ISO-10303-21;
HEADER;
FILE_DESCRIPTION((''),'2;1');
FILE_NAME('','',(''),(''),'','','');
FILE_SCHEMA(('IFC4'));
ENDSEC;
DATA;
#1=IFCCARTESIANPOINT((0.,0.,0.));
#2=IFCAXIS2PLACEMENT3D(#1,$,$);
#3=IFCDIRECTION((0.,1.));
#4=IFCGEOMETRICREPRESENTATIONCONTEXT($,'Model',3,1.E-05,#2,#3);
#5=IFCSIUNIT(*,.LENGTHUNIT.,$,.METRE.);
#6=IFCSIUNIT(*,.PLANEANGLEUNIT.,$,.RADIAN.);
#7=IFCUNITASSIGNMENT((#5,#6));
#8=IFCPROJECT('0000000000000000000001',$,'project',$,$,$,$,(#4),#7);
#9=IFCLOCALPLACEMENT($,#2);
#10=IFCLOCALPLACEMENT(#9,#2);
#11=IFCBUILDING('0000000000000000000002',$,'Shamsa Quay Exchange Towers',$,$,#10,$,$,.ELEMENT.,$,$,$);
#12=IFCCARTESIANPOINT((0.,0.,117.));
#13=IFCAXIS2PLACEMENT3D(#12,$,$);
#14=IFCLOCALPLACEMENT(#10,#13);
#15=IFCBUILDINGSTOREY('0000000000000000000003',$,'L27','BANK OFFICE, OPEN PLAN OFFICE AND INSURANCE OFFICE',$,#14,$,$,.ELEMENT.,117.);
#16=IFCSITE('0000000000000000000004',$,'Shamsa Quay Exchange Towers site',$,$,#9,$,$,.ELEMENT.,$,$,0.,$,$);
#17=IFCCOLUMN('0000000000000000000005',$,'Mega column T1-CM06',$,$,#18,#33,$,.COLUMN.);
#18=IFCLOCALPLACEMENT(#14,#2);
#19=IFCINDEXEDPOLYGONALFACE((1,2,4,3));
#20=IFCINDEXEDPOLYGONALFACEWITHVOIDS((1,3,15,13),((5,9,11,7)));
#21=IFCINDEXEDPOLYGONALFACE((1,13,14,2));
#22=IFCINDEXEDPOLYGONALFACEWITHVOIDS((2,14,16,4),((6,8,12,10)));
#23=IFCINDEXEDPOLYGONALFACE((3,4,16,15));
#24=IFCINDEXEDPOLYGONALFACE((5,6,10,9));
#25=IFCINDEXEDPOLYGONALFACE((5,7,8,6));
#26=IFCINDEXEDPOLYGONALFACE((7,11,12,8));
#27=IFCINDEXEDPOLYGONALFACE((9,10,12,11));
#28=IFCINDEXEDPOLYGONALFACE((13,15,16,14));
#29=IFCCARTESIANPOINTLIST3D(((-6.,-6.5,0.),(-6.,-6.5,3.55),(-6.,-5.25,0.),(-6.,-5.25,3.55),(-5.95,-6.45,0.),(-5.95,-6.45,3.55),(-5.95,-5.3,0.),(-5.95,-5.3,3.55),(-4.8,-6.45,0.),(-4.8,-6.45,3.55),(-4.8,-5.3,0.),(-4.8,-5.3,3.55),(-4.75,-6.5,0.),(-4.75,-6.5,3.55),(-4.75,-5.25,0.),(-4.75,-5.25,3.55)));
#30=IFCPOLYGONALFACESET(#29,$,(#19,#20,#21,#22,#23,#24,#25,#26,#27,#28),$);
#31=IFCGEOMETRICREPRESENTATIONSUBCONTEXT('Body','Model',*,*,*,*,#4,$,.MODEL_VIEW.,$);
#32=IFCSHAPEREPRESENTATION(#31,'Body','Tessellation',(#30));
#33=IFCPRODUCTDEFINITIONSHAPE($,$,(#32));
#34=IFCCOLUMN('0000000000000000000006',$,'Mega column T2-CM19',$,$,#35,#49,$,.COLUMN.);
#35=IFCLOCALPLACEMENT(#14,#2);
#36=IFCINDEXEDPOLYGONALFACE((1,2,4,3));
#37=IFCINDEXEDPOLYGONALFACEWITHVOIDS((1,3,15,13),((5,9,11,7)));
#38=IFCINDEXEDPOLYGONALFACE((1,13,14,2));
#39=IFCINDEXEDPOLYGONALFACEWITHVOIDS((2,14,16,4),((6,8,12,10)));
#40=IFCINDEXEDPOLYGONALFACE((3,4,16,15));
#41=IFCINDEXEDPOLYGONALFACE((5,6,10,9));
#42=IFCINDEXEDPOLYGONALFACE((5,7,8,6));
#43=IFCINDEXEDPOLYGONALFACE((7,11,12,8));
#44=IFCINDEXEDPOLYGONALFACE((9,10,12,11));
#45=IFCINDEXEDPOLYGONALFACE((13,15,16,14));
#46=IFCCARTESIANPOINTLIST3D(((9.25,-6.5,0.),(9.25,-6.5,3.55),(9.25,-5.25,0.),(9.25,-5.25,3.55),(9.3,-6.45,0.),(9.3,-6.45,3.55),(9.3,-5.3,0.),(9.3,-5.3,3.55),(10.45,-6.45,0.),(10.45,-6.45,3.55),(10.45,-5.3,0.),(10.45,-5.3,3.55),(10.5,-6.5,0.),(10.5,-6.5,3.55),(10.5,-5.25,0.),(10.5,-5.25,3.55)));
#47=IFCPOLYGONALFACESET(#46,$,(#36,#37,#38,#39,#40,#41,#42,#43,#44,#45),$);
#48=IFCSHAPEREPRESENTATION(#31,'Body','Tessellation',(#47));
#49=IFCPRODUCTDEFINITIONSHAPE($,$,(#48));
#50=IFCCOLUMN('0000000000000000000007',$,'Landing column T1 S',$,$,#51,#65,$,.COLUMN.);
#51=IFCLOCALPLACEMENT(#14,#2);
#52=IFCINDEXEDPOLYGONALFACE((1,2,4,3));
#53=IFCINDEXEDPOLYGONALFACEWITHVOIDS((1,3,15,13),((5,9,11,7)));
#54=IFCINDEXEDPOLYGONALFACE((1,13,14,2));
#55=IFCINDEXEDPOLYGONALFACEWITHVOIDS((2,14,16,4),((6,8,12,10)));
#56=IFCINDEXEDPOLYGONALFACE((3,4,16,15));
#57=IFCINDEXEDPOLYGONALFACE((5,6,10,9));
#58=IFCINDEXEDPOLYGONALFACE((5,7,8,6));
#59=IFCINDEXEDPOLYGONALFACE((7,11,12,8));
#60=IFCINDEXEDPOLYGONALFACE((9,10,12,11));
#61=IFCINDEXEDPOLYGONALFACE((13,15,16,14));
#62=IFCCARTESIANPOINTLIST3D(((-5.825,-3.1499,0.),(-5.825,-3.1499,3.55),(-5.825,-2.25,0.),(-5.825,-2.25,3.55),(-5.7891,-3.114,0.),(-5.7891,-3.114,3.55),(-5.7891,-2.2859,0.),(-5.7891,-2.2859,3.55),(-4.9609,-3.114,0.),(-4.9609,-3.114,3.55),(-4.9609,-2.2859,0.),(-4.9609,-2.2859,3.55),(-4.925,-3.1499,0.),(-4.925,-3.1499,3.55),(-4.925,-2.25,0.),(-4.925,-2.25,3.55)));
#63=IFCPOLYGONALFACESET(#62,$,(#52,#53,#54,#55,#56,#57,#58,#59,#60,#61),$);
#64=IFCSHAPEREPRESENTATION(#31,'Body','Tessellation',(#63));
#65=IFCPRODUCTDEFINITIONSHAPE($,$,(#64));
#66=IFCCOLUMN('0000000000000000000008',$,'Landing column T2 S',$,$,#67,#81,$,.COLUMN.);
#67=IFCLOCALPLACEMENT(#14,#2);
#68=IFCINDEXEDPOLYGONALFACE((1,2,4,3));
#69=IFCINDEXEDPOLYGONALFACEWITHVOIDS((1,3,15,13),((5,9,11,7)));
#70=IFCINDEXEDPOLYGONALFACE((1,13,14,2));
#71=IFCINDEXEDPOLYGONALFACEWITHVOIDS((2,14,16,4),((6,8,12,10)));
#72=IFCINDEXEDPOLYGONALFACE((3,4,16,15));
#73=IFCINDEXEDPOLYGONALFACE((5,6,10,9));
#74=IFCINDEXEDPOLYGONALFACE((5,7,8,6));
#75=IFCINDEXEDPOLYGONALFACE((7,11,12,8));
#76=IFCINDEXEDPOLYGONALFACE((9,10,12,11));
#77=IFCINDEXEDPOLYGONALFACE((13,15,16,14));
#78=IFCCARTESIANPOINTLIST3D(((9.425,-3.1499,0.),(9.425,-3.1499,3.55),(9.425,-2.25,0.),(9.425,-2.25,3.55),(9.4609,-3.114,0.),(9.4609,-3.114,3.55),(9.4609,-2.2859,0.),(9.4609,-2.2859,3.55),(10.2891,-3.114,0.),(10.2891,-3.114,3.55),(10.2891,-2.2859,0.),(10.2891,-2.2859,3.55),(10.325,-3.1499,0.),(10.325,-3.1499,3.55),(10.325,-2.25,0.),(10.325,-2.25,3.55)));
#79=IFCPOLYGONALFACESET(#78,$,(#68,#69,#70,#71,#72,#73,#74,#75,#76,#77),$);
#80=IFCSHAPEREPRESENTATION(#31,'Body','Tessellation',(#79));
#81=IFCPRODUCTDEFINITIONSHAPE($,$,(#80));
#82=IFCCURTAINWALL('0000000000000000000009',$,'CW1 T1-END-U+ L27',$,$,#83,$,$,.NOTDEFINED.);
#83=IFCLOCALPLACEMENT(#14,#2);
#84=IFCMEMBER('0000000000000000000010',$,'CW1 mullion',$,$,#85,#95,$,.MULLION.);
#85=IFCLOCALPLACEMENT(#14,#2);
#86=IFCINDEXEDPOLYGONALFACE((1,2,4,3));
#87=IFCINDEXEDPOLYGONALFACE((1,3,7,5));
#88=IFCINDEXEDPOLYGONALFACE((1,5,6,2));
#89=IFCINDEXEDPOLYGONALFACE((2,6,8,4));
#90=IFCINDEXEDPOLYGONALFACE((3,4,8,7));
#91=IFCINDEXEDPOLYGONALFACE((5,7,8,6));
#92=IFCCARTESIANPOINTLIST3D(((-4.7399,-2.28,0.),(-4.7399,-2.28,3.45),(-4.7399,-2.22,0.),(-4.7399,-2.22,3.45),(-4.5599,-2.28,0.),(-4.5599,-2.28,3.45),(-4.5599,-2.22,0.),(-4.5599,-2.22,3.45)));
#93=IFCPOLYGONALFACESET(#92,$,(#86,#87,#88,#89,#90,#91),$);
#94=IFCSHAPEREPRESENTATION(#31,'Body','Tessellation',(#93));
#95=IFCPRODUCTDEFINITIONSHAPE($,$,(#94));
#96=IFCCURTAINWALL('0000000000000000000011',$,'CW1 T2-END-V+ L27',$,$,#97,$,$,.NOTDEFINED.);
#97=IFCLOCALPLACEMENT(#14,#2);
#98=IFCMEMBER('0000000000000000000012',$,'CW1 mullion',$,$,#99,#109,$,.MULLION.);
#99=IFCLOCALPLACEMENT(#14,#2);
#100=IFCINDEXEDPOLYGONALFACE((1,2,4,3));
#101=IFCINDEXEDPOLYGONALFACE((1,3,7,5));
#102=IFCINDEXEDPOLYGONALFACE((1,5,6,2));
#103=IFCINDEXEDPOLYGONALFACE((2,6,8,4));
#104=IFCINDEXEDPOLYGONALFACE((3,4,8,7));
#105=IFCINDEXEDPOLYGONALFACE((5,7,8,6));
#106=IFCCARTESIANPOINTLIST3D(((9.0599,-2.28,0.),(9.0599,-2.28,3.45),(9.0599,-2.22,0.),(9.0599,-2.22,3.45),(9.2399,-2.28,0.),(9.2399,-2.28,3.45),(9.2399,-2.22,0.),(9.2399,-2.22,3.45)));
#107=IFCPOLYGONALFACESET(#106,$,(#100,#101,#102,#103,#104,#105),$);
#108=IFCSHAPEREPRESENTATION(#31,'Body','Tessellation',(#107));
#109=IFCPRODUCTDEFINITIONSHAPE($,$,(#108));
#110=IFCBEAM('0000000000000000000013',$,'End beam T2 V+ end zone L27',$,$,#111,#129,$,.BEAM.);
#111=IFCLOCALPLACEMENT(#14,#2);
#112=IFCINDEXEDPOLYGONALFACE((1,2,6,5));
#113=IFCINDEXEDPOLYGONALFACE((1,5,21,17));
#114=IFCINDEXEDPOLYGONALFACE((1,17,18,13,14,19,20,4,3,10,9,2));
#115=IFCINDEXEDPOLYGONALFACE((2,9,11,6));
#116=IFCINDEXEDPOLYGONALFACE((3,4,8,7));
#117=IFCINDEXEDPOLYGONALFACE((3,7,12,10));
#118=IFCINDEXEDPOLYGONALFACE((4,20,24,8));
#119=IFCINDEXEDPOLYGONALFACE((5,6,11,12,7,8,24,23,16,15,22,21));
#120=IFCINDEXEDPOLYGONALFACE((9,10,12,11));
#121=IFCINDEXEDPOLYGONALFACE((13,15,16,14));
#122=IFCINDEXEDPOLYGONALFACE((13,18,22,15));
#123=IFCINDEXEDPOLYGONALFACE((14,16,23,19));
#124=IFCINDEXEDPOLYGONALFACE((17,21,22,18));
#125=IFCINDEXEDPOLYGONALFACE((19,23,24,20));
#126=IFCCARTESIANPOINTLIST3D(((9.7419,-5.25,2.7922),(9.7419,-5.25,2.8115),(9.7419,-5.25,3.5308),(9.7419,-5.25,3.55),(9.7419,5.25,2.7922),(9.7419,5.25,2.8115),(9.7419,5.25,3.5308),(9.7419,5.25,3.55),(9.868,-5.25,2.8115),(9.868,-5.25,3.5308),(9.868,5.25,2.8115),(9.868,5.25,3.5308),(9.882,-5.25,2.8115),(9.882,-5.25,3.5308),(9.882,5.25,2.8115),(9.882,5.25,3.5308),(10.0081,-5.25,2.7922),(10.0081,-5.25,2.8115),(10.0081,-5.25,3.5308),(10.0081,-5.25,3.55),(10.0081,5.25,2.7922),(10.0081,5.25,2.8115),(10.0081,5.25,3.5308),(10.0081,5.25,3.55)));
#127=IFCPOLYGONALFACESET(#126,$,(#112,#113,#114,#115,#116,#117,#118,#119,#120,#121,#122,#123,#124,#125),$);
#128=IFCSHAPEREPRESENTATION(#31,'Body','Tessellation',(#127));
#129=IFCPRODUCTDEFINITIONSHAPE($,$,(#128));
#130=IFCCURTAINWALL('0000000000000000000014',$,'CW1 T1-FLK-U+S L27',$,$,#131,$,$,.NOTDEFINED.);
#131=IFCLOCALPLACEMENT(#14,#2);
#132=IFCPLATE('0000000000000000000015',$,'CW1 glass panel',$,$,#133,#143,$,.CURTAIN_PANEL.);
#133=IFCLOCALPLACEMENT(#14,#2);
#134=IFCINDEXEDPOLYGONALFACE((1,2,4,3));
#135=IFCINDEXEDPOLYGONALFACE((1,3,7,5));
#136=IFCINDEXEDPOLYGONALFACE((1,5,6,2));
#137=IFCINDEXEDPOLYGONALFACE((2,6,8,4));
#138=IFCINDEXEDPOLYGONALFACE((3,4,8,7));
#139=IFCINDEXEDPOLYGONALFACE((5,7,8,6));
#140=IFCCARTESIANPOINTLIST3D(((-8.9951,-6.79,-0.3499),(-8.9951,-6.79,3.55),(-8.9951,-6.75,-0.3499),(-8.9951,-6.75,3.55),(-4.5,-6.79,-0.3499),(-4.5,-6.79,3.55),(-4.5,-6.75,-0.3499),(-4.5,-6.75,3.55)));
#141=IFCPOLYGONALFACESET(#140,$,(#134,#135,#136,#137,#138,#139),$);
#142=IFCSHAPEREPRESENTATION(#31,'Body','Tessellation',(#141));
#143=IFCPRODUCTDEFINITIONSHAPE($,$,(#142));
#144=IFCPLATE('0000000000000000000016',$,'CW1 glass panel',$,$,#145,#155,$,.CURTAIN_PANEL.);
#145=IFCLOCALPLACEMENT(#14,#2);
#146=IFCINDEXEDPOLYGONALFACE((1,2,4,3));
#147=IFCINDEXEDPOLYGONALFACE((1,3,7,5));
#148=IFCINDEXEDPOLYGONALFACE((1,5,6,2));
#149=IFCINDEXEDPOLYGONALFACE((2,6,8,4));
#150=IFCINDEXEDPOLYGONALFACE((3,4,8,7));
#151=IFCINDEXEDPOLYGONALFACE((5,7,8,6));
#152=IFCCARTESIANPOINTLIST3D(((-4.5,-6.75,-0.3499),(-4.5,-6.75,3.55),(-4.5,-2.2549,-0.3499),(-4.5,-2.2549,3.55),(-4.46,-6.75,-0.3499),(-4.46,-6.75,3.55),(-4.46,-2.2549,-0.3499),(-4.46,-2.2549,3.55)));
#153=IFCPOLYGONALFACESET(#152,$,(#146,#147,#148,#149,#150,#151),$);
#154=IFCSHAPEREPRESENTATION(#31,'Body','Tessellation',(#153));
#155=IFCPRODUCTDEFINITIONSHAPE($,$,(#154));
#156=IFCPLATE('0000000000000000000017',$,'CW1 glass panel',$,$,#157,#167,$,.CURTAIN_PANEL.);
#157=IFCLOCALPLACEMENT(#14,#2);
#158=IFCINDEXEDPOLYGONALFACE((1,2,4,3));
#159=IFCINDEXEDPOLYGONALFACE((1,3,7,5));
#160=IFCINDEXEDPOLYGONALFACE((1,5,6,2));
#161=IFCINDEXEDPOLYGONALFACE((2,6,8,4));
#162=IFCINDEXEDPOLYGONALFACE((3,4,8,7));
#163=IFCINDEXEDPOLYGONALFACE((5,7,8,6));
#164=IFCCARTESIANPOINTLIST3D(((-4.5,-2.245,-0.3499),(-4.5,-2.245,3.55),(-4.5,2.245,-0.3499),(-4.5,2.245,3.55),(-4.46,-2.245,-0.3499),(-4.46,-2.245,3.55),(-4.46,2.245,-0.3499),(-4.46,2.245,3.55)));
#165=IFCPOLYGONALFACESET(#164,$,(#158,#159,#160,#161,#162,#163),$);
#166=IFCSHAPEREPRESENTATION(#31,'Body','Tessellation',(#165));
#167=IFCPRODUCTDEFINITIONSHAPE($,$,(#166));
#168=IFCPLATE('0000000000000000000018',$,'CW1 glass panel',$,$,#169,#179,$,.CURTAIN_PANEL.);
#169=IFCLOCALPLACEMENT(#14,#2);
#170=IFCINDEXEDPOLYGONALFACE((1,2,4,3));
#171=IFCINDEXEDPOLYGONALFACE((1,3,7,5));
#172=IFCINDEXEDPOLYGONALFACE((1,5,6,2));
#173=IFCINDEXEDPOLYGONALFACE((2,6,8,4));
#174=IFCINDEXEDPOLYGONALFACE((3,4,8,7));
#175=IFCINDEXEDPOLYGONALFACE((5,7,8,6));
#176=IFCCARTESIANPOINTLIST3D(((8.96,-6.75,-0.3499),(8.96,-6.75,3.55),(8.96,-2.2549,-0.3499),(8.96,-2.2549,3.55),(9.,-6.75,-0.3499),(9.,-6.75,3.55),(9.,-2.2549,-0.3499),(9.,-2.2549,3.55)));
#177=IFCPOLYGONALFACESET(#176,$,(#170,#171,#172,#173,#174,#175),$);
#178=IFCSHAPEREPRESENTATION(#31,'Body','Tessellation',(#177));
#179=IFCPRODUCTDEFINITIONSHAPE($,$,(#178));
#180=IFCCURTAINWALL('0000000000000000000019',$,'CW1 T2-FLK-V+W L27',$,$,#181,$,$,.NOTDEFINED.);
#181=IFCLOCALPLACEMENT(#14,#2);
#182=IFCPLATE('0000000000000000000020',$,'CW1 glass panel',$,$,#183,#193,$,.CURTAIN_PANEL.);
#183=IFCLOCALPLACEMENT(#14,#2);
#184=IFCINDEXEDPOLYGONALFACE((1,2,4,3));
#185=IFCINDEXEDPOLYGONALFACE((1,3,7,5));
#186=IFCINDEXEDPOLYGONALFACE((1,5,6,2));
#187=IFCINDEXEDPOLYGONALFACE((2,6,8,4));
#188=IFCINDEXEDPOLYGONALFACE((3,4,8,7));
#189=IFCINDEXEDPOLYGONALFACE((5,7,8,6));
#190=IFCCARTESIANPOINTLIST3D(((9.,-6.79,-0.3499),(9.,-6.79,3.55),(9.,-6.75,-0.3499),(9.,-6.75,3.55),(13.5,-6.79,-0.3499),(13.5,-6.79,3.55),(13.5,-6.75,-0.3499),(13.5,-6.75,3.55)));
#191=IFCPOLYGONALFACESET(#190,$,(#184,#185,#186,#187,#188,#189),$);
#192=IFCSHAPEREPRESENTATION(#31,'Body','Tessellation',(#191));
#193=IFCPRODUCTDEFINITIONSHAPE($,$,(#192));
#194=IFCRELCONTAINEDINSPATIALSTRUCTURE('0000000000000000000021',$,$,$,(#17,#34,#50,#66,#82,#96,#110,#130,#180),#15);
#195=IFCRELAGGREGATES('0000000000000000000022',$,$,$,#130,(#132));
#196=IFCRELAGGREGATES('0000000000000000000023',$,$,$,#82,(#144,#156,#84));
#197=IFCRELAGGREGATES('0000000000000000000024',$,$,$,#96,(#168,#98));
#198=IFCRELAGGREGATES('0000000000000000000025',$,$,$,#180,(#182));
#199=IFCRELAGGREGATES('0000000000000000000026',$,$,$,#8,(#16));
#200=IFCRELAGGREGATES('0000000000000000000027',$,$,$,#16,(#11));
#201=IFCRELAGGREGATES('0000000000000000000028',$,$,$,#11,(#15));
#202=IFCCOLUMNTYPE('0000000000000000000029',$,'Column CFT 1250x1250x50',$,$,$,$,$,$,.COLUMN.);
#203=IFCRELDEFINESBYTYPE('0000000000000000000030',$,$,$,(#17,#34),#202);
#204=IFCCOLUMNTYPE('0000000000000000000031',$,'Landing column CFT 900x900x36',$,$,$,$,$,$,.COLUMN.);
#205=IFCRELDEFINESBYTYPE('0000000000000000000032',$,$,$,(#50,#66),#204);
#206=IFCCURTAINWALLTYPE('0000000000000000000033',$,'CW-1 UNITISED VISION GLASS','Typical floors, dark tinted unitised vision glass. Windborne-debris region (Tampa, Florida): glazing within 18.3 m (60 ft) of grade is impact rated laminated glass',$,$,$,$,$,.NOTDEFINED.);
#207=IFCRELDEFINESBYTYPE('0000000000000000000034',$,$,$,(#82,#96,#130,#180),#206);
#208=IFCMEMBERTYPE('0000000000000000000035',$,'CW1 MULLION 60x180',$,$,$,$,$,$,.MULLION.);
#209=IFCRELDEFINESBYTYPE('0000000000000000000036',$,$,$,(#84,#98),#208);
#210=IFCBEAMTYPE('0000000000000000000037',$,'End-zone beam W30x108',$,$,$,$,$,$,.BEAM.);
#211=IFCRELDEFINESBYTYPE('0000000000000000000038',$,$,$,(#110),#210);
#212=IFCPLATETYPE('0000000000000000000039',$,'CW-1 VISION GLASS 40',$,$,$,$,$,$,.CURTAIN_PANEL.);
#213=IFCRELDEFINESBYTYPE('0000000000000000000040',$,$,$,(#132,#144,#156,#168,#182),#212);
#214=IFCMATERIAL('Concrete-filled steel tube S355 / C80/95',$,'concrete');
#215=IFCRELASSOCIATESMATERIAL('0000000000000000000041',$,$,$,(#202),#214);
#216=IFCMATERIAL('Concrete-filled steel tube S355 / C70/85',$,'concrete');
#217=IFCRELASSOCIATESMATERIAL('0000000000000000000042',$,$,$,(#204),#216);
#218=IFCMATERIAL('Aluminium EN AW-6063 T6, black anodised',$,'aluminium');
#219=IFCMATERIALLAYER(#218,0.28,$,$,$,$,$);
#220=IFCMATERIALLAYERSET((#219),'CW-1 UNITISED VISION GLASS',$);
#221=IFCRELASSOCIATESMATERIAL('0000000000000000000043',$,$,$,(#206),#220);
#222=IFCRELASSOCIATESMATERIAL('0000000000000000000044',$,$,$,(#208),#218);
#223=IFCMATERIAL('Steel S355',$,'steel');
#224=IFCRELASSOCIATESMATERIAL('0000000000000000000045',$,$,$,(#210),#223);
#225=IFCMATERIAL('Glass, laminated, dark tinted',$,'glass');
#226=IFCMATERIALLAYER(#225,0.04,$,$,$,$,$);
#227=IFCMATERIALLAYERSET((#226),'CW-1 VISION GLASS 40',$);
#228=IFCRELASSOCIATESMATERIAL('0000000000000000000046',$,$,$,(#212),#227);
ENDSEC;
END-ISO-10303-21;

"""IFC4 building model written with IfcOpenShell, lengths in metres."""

from ifc_helpers import new_model, si_unit, direction, frame, origin, origin_2d, place, context, subcontext, project, spatial, rectangle, hollow_rectangle, i_section, extrude, material, layer, layer_set, material_profile, profile_set, type_object, element, aggregate, save


model = new_model("IFC4")

# Units and contexts
model_context = context("Model", 3, precision=1e-05, world=origin(), true_north=direction((0.0, 1.0)))
body_context = subcontext(model_context, "Body", "Model", "MODEL_VIEW")
ifc_project = project(units=[si_unit("LENGTHUNIT", "METRE"), si_unit("PLANEANGLEUNIT", "RADIAN")], contexts=[model_context])

# Site, building, storey
site_placement = place(None, origin())
site = spatial("IfcSite", under=ifc_project, at=site_placement, Name="Shamsa Quay Exchange Towers site", CompositionType="ELEMENT", RefElevation=0.0)
building_placement = place(site_placement, origin())
building = spatial("IfcBuilding", under=site, at=building_placement, Name="Shamsa Quay Exchange Towers", CompositionType="ELEMENT")
storey_placement = place(building_placement, frame((0.0, 0.0, 117.0)))
storey = spatial("IfcBuildingStorey", under=building, at=storey_placement, Name="L27", Description="BANK OFFICE, OPEN PLAN OFFICE AND INSURANCE OFFICE", CompositionType="ELEMENT", Elevation=117.0)

# Columns
ifc_material_1 = material(Name="Concrete-filled steel tube S355 / C80/95", Category="concrete")
ifc_material_profile_1 = material_profile(ifc_material_1, hollow_rectangle(XDim=1.25, YDim=1.25, WallThickness=0.05, at=origin_2d()), Name="CFT 1250x1250x50")
ifc_profile_set_1 = profile_set([ifc_material_profile_1], Name="Concrete-filled steel tube S355 / C80/95")
column_type_1 = type_object("IfcColumnType", Name="Column CFT 1250x1250x50", PredefinedType="COLUMN", material=ifc_profile_set_1)
for number, where, name in (
    (1, (-5.375, -5.875, 0.0), "Mega column T1-CM06"),
    (2, (9.875, -5.875, 0.0), "Mega column T2-CM19"),
):
    element("IfcColumn", number, at=place(storey_placement, frame(where)), inside=storey, type_object=column_type_1, Name=name, PredefinedType="COLUMN", context=body_context, shape_type="SweptSolid", body=[
        extrude(hollow_rectangle(XDim=1.25, YDim=1.25, WallThickness=0.05, at=origin_2d()), origin(), (0.0, 0.0, 1.0), 3.55),
    ])
ifc_material_2 = material(Name="Concrete-filled steel tube S355 / C70/85", Category="concrete")
ifc_material_profile_2 = material_profile(ifc_material_2, hollow_rectangle(XDim=0.8999, YDim=0.8999, WallThickness=0.0359, at=origin_2d()), Name="CFT 900x900x36")
ifc_profile_set_2 = profile_set([ifc_material_profile_2], Name="Concrete-filled steel tube S355 / C70/85")
column_type_2 = type_object("IfcColumnType", Name="Landing column CFT 900x900x36", PredefinedType="COLUMN", material=ifc_profile_set_2)
for number, where, name in (
    (3, (-5.375, -2.7, 0.0), "Landing column T1 S"),
    (4, (9.875, -2.7, 0.0), "Landing column T2 S"),
):
    element("IfcColumn", number, at=place(storey_placement, frame(where)), inside=storey, type_object=column_type_2, Name=name, PredefinedType="COLUMN", context=body_context, shape_type="SweptSolid", body=[
        extrude(hollow_rectangle(XDim=0.8999, YDim=0.8999, WallThickness=0.0359, at=origin_2d()), origin(), (0.0, 0.0, 1.0), 3.55),
    ])

# Curtain walls, members
ifc_material_3 = material(Name="Aluminium EN AW-6063 T6, black anodised", Category="aluminium")
ifc_layer_1 = layer(ifc_material_3, 0.28)
ifc_layer_set_1 = layer_set([ifc_layer_1], Name="CW-1 UNITISED VISION GLASS")
curtain_wall_type = type_object("IfcCurtainWallType", Name="CW-1 UNITISED VISION GLASS", Description="Typical floors, dark tinted unitised vision glass. Windborne-debris region (Tampa, Florida): glazing within 18.3 m (60 ft) of grade is impact rated laminated glass", PredefinedType="NOTDEFINED", material=ifc_layer_set_1)
curtain_wall_1_placement = place(storey_placement, origin())
curtain_wall_1 = element("IfcCurtainWall", 5, at=curtain_wall_1_placement, inside=storey, type_object=curtain_wall_type, Name="CW1 T1-END-U+ L27", PredefinedType="NOTDEFINED")
ifc_material_profile_3 = material_profile(ifc_material_3, rectangle(XDim=0.1799, YDim=0.0601, at=origin_2d()), Name="MU60x180")
ifc_profile_set_3 = profile_set([ifc_material_profile_3], Name="Aluminium EN AW-6063 T6, black anodised")
member_type = type_object("IfcMemberType", Name="CW1 MULLION 60x180", PredefinedType="MULLION", material=ifc_profile_set_3)
member_1_placement = place(storey_placement, frame((-4.6499, -2.25, 0.0), z_axis=(0.0, 0.0, 1.0), x_axis=(-1.0, 0.0, 0.0)))
member_1 = element("IfcMember", 6, at=member_1_placement, type_object=member_type, Name="CW1 mullion", PredefinedType="MULLION", context=body_context, shape_type="SweptSolid", body=[
    extrude(rectangle(XDim=0.1799, YDim=0.0601, at=origin_2d()), origin(), (0.0, 0.0, 1.0), 3.45),
])
curtain_wall_2_placement = place(storey_placement, origin())
curtain_wall_2 = element("IfcCurtainWall", 7, at=curtain_wall_2_placement, inside=storey, type_object=curtain_wall_type, Name="CW1 T2-END-V+ L27", PredefinedType="NOTDEFINED")
member_2_placement = place(storey_placement, frame((9.1499, -2.25, 0.0)))
member_2 = element("IfcMember", 8, at=member_2_placement, type_object=member_type, Name="CW1 mullion", PredefinedType="MULLION", context=body_context, shape_type="SweptSolid", body=[
    extrude(rectangle(XDim=0.1799, YDim=0.0601, at=origin_2d()), origin(), (0.0, 0.0, 1.0), 3.45),
])

# Beam
ifc_material_4 = material(Name="Steel S355", Category="steel")
ifc_material_profile_4 = material_profile(ifc_material_4, i_section(OverallWidth=0.2661, OverallDepth=0.7578, WebThickness=0.0139, FlangeThickness=0.0193, at=origin_2d()), Name="W30x108")
ifc_profile_set_4 = profile_set([ifc_material_profile_4], Name="Steel S355")
beam_type = type_object("IfcBeamType", Name="End-zone beam W30x108", PredefinedType="BEAM", material=ifc_profile_set_4)
beam_placement = place(storey_placement, frame((9.875, -5.25, 3.1711), z_axis=(0.0, 1.0, 0.0), x_axis=(-1.0, 0.0, 0.0)))
element("IfcBeam", 9, at=beam_placement, inside=storey, type_object=beam_type, Name="End beam T2 V+ end zone L27", PredefinedType="BEAM", context=body_context, shape_type="SweptSolid", body=[
    extrude(i_section(OverallWidth=0.2661, OverallDepth=0.7578, WebThickness=0.0139, FlangeThickness=0.0193, at=origin_2d()), origin(), (0.0, 0.0, 1.0), 10.5),
])

# Curtain wall, plate
curtain_wall_3_placement = place(storey_placement, origin())
curtain_wall_3 = element("IfcCurtainWall", 10, at=curtain_wall_3_placement, inside=storey, type_object=curtain_wall_type, Name="CW1 T1-FLK-U+S L27", PredefinedType="NOTDEFINED")
ifc_material_5 = material(Name="Glass, laminated, dark tinted", Category="glass")
ifc_layer_2 = layer(ifc_material_5, 0.04)
ifc_layer_set_2 = layer_set([ifc_layer_2], Name="CW-1 VISION GLASS 40")
plate_type = type_object("IfcPlateType", Name="CW-1 VISION GLASS 40", PredefinedType="CURTAIN_PANEL", material=ifc_layer_set_2)
plate_1_placement = place(storey_placement, frame((-6.7476, -6.77, -0.3499)))
plate_1 = element("IfcPlate", 11, at=plate_1_placement, type_object=plate_type, Name="CW1 glass panel", PredefinedType="CURTAIN_PANEL", context=body_context, shape_type="SweptSolid", body=[
    extrude(rectangle(XDim=4.4951, YDim=0.04, at=origin_2d()), origin(), (0.0, 0.0, 1.0), 3.8999),
])
aggregate(curtain_wall_3, [plate_1])

# Plates
plate_2_placement = place(storey_placement, frame((-4.48, -4.5024, -0.3499), z_axis=(0.0, 0.0, 1.0), x_axis=(0.0, 1.0, 0.0)))
plate_2 = element("IfcPlate", 12, at=plate_2_placement, type_object=plate_type, Name="CW1 glass panel", PredefinedType="CURTAIN_PANEL", context=body_context, shape_type="SweptSolid", body=[
    extrude(rectangle(XDim=4.4951, YDim=0.04, at=origin_2d()), origin(), (0.0, 0.0, 1.0), 3.8999),
])
plate_3_placement = place(storey_placement, frame((-4.48, 0.0, -0.3499), z_axis=(0.0, 0.0, 1.0), x_axis=(0.0, 1.0, 0.0)))
plate_3 = element("IfcPlate", 13, at=plate_3_placement, type_object=plate_type, Name="CW1 glass panel", PredefinedType="CURTAIN_PANEL", context=body_context, shape_type="SweptSolid", body=[
    extrude(rectangle(XDim=4.49, YDim=0.04, at=origin_2d()), origin(), (0.0, 0.0, 1.0), 3.8999),
])
aggregate(curtain_wall_1, [plate_2, plate_3, member_1])
plate_4_placement = place(storey_placement, frame((8.98, -4.5024, -0.3499), z_axis=(0.0, 0.0, 1.0), x_axis=(0.0, -1.0, 0.0)))
plate_4 = element("IfcPlate", 14, at=plate_4_placement, type_object=plate_type, Name="CW1 glass panel", PredefinedType="CURTAIN_PANEL", context=body_context, shape_type="SweptSolid", body=[
    extrude(rectangle(XDim=4.4951, YDim=0.04, at=origin_2d()), origin(), (0.0, 0.0, 1.0), 3.8999),
])
aggregate(curtain_wall_2, [plate_4, member_2])

# Curtain wall, plate
curtain_wall_4_placement = place(storey_placement, origin())
curtain_wall_4 = element("IfcCurtainWall", 15, at=curtain_wall_4_placement, inside=storey, type_object=curtain_wall_type, Name="CW1 T2-FLK-V+W L27", PredefinedType="NOTDEFINED")
plate_5_placement = place(storey_placement, frame((11.25, -6.77, -0.3499)))
plate_5 = element("IfcPlate", 16, at=plate_5_placement, type_object=plate_type, Name="CW1 glass panel", PredefinedType="CURTAIN_PANEL", context=body_context, shape_type="SweptSolid", body=[
    extrude(rectangle(XDim=4.5, YDim=0.04, at=origin_2d()), origin(), (0.0, 0.0, 1.0), 3.8999),
])
aggregate(curtain_wall_4, [plate_5])

save(model, "model.ifc")
